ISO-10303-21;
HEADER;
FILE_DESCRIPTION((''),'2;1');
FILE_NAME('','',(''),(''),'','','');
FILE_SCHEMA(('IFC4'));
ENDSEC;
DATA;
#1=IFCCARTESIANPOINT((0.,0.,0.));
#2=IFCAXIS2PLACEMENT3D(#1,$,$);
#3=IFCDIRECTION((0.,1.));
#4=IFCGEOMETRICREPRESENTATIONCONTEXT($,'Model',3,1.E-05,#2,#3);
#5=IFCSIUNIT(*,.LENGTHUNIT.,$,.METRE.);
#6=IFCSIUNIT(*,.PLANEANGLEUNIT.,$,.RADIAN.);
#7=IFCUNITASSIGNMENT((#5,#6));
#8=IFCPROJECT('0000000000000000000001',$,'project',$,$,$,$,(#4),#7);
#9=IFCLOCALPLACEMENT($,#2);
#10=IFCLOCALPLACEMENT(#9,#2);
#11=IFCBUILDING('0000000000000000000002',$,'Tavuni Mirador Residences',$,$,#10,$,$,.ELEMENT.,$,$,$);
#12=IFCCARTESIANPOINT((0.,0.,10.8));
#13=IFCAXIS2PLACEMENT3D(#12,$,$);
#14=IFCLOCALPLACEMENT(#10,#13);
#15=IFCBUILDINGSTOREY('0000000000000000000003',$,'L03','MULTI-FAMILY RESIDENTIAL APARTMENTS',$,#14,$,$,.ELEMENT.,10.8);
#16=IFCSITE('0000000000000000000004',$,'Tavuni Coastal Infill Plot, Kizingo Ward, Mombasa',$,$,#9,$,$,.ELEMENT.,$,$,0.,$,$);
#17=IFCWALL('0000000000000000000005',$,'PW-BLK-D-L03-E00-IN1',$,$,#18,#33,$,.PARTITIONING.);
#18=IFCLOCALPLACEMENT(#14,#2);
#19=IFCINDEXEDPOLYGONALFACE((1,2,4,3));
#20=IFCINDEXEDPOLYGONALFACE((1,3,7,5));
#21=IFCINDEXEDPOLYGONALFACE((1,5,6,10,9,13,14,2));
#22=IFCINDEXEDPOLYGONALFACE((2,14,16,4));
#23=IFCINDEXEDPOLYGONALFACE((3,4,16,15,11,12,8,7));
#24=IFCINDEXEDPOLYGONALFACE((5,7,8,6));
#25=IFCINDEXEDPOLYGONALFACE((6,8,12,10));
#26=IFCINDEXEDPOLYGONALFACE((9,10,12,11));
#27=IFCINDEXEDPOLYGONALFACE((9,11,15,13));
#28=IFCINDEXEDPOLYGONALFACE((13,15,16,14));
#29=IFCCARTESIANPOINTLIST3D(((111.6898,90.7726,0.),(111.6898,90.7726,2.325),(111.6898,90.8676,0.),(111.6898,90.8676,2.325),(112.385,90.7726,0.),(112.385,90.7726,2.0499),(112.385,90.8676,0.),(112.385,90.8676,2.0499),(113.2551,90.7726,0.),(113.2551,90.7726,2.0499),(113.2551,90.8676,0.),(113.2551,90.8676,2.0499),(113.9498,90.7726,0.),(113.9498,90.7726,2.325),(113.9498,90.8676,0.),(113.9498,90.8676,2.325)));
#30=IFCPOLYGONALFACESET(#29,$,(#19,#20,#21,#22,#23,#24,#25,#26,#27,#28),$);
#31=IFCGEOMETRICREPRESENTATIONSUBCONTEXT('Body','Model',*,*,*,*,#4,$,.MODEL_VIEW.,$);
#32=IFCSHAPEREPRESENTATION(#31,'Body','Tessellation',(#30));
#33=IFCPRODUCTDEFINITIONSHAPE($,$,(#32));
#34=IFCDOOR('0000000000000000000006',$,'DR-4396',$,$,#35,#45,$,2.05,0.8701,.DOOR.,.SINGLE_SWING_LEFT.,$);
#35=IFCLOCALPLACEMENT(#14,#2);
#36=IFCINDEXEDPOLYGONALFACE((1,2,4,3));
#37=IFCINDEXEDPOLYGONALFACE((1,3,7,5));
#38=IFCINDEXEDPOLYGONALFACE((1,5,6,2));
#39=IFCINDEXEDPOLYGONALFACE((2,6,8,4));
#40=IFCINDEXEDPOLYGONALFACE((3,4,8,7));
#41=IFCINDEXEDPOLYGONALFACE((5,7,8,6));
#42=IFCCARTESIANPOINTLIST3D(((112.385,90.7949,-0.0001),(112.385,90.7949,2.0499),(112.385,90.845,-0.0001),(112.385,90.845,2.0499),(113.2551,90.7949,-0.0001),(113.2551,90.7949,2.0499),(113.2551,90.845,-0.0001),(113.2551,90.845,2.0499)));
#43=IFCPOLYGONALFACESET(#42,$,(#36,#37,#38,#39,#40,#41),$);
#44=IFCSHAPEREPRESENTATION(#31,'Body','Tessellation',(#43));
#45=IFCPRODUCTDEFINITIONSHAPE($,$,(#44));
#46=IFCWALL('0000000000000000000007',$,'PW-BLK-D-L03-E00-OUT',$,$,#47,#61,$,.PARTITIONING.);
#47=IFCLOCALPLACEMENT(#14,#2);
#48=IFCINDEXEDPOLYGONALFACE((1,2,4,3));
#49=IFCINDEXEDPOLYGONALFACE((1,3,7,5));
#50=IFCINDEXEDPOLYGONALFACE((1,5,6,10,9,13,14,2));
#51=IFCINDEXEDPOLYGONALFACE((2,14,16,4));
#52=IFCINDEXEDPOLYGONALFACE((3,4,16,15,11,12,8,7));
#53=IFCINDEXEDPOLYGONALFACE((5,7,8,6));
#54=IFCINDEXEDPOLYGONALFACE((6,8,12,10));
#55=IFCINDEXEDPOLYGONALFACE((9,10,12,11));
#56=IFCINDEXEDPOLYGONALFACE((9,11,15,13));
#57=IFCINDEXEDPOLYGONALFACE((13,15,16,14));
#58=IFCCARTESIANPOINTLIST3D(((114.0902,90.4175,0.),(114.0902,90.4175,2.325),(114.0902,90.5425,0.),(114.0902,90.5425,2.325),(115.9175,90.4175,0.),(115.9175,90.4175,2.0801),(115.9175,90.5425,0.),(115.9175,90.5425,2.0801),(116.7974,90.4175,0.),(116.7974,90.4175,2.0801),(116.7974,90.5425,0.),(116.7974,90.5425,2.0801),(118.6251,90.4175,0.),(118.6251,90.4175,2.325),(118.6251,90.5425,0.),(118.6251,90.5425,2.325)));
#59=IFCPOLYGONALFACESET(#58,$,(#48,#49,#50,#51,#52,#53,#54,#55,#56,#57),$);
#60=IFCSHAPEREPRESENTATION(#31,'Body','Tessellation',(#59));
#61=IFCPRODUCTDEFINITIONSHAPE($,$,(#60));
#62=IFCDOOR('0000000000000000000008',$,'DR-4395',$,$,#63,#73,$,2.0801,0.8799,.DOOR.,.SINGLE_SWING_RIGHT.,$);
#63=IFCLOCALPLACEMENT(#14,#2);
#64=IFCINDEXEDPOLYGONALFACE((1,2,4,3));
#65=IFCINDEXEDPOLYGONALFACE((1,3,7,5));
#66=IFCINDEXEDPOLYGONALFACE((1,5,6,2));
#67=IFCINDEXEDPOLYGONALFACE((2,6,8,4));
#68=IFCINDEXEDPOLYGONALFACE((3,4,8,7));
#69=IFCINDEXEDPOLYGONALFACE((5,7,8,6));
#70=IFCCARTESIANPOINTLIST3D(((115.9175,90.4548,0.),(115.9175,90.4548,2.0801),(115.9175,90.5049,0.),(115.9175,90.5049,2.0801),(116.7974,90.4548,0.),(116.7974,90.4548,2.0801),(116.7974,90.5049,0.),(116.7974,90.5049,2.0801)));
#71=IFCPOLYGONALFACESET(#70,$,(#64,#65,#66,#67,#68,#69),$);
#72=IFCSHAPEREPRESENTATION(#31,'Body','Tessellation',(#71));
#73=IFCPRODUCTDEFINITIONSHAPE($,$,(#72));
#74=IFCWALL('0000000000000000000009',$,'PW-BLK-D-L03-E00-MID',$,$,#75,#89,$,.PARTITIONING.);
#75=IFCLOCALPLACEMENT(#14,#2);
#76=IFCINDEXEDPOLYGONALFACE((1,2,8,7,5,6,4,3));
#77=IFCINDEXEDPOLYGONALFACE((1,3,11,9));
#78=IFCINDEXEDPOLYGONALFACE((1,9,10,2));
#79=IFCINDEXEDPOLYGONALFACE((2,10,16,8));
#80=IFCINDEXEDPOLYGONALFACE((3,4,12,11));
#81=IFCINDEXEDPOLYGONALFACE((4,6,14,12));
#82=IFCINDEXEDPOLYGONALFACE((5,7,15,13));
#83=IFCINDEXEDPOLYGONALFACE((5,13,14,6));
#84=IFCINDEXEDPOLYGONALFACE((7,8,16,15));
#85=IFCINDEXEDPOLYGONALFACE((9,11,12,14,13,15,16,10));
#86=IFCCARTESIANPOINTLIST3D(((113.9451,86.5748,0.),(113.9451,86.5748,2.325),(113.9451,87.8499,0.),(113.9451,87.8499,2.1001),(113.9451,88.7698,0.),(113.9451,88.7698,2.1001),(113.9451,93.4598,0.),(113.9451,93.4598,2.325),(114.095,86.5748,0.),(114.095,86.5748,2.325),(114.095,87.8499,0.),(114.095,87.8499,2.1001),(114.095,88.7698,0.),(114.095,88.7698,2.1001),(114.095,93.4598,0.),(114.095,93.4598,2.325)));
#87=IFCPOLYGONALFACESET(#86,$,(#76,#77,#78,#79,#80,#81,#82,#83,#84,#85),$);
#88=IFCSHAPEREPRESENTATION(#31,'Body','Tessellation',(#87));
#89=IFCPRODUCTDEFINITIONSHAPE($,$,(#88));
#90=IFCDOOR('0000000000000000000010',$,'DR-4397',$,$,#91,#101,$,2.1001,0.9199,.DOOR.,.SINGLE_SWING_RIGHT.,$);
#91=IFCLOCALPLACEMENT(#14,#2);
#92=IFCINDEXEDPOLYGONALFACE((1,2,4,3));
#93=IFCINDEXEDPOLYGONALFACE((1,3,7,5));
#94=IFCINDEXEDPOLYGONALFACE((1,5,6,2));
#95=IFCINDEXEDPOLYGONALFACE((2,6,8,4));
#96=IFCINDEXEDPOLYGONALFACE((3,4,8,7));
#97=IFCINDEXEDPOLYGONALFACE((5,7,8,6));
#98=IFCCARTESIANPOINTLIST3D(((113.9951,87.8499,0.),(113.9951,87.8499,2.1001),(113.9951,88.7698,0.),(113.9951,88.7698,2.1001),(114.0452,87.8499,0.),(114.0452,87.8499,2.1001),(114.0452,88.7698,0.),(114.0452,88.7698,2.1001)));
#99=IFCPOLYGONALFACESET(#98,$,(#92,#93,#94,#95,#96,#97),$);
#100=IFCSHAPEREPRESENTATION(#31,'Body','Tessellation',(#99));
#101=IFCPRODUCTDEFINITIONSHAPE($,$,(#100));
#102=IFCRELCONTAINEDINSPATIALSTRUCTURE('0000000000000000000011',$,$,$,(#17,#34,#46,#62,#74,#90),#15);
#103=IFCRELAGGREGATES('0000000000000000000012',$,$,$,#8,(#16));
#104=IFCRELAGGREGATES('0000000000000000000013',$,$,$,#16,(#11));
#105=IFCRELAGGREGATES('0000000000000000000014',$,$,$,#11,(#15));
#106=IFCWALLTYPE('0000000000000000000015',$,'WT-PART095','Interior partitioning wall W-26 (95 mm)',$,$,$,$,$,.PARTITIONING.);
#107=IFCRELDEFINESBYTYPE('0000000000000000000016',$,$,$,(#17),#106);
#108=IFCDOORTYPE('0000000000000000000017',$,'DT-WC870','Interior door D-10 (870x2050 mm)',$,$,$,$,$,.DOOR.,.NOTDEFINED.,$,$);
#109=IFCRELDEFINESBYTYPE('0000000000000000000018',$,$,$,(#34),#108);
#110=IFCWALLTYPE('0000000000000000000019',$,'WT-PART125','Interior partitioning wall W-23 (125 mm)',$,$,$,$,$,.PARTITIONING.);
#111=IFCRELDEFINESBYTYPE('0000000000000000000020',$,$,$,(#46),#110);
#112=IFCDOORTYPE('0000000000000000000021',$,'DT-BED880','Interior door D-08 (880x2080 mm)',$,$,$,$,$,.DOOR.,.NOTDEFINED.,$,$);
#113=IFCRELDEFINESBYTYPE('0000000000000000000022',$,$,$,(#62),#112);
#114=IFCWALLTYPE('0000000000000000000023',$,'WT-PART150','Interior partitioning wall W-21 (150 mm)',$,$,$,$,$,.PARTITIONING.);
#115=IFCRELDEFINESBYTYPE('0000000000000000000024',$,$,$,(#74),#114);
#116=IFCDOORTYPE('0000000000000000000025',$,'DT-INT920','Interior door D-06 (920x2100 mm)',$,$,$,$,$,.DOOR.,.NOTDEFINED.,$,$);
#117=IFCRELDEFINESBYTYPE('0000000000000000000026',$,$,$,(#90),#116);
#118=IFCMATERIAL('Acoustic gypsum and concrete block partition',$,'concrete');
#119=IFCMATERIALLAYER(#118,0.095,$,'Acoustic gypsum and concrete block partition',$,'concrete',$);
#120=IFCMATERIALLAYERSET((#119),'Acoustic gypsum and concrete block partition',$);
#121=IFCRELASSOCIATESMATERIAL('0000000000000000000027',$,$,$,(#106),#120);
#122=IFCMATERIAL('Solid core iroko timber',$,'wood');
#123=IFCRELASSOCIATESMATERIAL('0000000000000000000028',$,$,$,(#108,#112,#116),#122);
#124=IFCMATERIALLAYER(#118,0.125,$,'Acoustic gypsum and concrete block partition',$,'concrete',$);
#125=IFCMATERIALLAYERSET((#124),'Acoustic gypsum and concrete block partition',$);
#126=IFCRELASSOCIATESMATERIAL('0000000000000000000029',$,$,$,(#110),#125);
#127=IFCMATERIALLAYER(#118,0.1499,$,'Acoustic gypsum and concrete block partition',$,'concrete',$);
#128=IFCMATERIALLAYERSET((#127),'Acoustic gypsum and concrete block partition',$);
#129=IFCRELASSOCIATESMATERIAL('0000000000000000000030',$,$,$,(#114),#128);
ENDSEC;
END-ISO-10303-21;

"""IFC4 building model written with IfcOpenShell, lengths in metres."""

from ifc_helpers import new_model, si_unit, direction, frame, frame_2d, origin, place, context, subcontext, project, spatial, rectangle, extrude, material, layer, layer_set, type_object, element, fill, save


model = new_model("IFC4")

# Units and contexts
model_context = context("Model", 3, precision=1e-05, world=origin(), true_north=direction((0.0, 1.0)))
body_context = subcontext(model_context, "Body", "Model", "MODEL_VIEW")
ifc_project = project(units=[si_unit("LENGTHUNIT", "METRE"), si_unit("PLANEANGLEUNIT", "RADIAN")], contexts=[model_context])

# Site, building, storey
site_placement = place(None, origin())
site = spatial("IfcSite", under=ifc_project, at=site_placement, Name="Tavuni Coastal Infill Plot, Kizingo Ward, Mombasa", CompositionType="ELEMENT", RefElevation=0.0)
building_placement = place(site_placement, origin())
building = spatial("IfcBuilding", under=site, at=building_placement, Name="Tavuni Mirador Residences", CompositionType="ELEMENT")
storey_placement = place(building_placement, frame((0.0, 0.0, 10.8)))
storey = spatial("IfcBuildingStorey", under=building, at=storey_placement, Name="L03", Description="MULTI-FAMILY RESIDENTIAL APARTMENTS", CompositionType="ELEMENT", Elevation=10.8)

# Walls, openings, doors
ifc_material_1 = material(Name="Acoustic gypsum and concrete block partition", Category="concrete")
ifc_layer_1 = layer(ifc_material_1, 0.095, Name="Acoustic gypsum and concrete block partition", Category="concrete")
ifc_layer_set_1 = layer_set([ifc_layer_1], Name="Acoustic gypsum and concrete block partition")
wall_type_1 = type_object("IfcWallType", Name="WT-PART095", Description="Interior partitioning wall W-26 (95 mm)", PredefinedType="PARTITIONING", material=ifc_layer_set_1)
wall_1_placement = place(storey_placement, frame((111.6899, 90.8201, 0.0), z_axis=(0.0, 0.0, 1.0), x_axis=(1.0, 0.0, 0.0)))
wall_1 = element("IfcWall", 1, at=wall_1_placement, inside=storey, type_object=wall_type_1, Name="PW-BLK-D-L03-E00-IN1", PredefinedType="PARTITIONING", context=body_context, shape_type="SweptSolid", body=[
    extrude(rectangle(XDim=2.26, YDim=0.095, at=frame_2d((1.1299, 0.0))), origin(), (0.0, 0.0, 1.0), 2.325),
])
opening_1_placement = place(wall_1_placement, frame((0.6951, 0.0, 0.0)))
opening_1 = element("IfcOpeningElement", 2, at=opening_1_placement, cuts=wall_1, PredefinedType="OPENING", context=body_context, shape_type="SweptSolid", body=[
    extrude(rectangle(XDim=0.8701, YDim=2.05, at=frame_2d((0.4351, 1.0249))), frame((0.0, 0.0576, 0.0), z_axis=(0.0, -1.0, 0.0), x_axis=(1.0, 0.0, 0.0)), (0.0, 0.0, 1.0), 0.115),
])
ifc_material_2 = material(Name="Solid core iroko timber", Category="wood")
door_type_1 = type_object("IfcDoorType", Name="DT-WC870", Description="Interior door D-10 (870x2050 mm)", OperationType="NOTDEFINED", PredefinedType="DOOR", material=ifc_material_2)
door_1_placement = place(opening_1_placement, origin())
door_1 = element("IfcDoor", 3, at=door_1_placement, inside=storey, type_object=door_type_1, Name="DR-4396", OperationType="SINGLE_SWING_LEFT", OverallHeight=2.05, OverallWidth=0.8701, PredefinedType="DOOR", context=body_context, shape_type="SweptSolid", body=[
    extrude(rectangle(XDim=0.8701, YDim=2.05, at=frame_2d((0.4351, 1.0249))), frame((0.0, 0.0249, 0.0), z_axis=(0.0, -1.0, 0.0), x_axis=(1.0, 0.0, 0.0)), (0.0, 0.0, 1.0), 0.05),
])
fill(opening_1, door_1)
ifc_layer_2 = layer(ifc_material_1, 0.125, Name="Acoustic gypsum and concrete block partition", Category="concrete")
ifc_layer_set_2 = layer_set([ifc_layer_2], Name="Acoustic gypsum and concrete block partition")
wall_type_2 = type_object("IfcWallType", Name="WT-PART125", Description="Interior partitioning wall W-23 (125 mm)", PredefinedType="PARTITIONING", material=ifc_layer_set_2)
wall_2_placement = place(storey_placement, frame((114.0901, 90.48, 0.0), z_axis=(0.0, 0.0, 1.0), x_axis=(1.0, 0.0, 0.0)))
wall_2 = element("IfcWall", 4, at=wall_2_placement, inside=storey, type_object=wall_type_2, Name="PW-BLK-D-L03-E00-OUT", PredefinedType="PARTITIONING", context=body_context, shape_type="SweptSolid", body=[
    extrude(rectangle(XDim=4.5349, YDim=0.125, at=frame_2d((2.2676, 0.0))), origin(), (0.0, 0.0, 1.0), 2.325),
])
opening_2_placement = place(wall_2_placement, frame((1.8274, 0.0, 0.0)))
opening_2 = element("IfcOpeningElement", 5, at=opening_2_placement, cuts=wall_2, PredefinedType="OPENING", context=body_context, shape_type="SweptSolid", body=[
    extrude(rectangle(XDim=0.8799, YDim=2.0801, at=frame_2d((0.4399, 1.04))), frame((0.0, 0.0725, 0.0), z_axis=(0.0, -1.0, 0.0), x_axis=(1.0, 0.0, 0.0)), (0.0, 0.0, 1.0), 0.145),
])
door_type_2 = type_object("IfcDoorType", Name="DT-BED880", Description="Interior door D-08 (880x2080 mm)", OperationType="NOTDEFINED", PredefinedType="DOOR", material=ifc_material_2)
door_2_placement = place(opening_2_placement, origin())
door_2 = element("IfcDoor", 6, at=door_2_placement, inside=storey, type_object=door_type_2, Name="DR-4395", OperationType="SINGLE_SWING_RIGHT", OverallHeight=2.0801, OverallWidth=0.8799, PredefinedType="DOOR", context=body_context, shape_type="SweptSolid", body=[
    extrude(rectangle(XDim=0.8799, YDim=2.0801, at=frame_2d((0.4399, 1.04))), frame((0.0, 0.0249, 0.0), z_axis=(0.0, -1.0, 0.0), x_axis=(1.0, 0.0, 0.0)), (0.0, 0.0, 1.0), 0.05),
])
fill(opening_2, door_2)
ifc_layer_3 = layer(ifc_material_1, 0.1499, Name="Acoustic gypsum and concrete block partition", Category="concrete")
ifc_layer_set_3 = layer_set([ifc_layer_3], Name="Acoustic gypsum and concrete block partition")
wall_type_3 = type_object("IfcWallType", Name="WT-PART150", Description="Interior partitioning wall W-21 (150 mm)", PredefinedType="PARTITIONING", material=ifc_layer_set_3)
wall_3_placement = place(storey_placement, frame((114.02, 86.575, 0.0), z_axis=(0.0, 0.0, 1.0), x_axis=(0.0, 1.0, 0.0)))
wall_3 = element("IfcWall", 7, at=wall_3_placement, inside=storey, type_object=wall_type_3, Name="PW-BLK-D-L03-E00-MID", PredefinedType="PARTITIONING", context=body_context, shape_type="SweptSolid", body=[
    extrude(rectangle(XDim=6.885, YDim=0.1499, at=frame_2d((3.4424, 0.0))), origin(), (0.0, 0.0, 1.0), 2.325),
])
opening_3_placement = place(wall_3_placement, frame((1.2749, 0.0, 0.0)))
opening_3 = element("IfcOpeningElement", 8, at=opening_3_placement, cuts=wall_3, PredefinedType="OPENING", context=body_context, shape_type="SweptSolid", body=[
    extrude(rectangle(XDim=0.9199, YDim=2.1001, at=frame_2d((0.46, 1.05))), frame((0.0, 0.085, 0.0), z_axis=(0.0, -1.0, 0.0), x_axis=(1.0, 0.0, 0.0)), (0.0, 0.0, 1.0), 0.1699),
])
door_type_3 = type_object("IfcDoorType", Name="DT-INT920", Description="Interior door D-06 (920x2100 mm)", OperationType="NOTDEFINED", PredefinedType="DOOR", material=ifc_material_2)
door_3_placement = place(opening_3_placement, origin())
door_3 = element("IfcDoor", 9, at=door_3_placement, inside=storey, type_object=door_type_3, Name="DR-4397", OperationType="SINGLE_SWING_RIGHT", OverallHeight=2.1001, OverallWidth=0.9199, PredefinedType="DOOR", context=body_context, shape_type="SweptSolid", body=[
    extrude(rectangle(XDim=0.9199, YDim=2.1001, at=frame_2d((0.46, 1.05))), frame((0.0, 0.0249, 0.0), z_axis=(0.0, -1.0, 0.0), x_axis=(1.0, 0.0, 0.0)), (0.0, 0.0, 1.0), 0.05),
])
fill(opening_3, door_3)

save(model, "model.ifc")
